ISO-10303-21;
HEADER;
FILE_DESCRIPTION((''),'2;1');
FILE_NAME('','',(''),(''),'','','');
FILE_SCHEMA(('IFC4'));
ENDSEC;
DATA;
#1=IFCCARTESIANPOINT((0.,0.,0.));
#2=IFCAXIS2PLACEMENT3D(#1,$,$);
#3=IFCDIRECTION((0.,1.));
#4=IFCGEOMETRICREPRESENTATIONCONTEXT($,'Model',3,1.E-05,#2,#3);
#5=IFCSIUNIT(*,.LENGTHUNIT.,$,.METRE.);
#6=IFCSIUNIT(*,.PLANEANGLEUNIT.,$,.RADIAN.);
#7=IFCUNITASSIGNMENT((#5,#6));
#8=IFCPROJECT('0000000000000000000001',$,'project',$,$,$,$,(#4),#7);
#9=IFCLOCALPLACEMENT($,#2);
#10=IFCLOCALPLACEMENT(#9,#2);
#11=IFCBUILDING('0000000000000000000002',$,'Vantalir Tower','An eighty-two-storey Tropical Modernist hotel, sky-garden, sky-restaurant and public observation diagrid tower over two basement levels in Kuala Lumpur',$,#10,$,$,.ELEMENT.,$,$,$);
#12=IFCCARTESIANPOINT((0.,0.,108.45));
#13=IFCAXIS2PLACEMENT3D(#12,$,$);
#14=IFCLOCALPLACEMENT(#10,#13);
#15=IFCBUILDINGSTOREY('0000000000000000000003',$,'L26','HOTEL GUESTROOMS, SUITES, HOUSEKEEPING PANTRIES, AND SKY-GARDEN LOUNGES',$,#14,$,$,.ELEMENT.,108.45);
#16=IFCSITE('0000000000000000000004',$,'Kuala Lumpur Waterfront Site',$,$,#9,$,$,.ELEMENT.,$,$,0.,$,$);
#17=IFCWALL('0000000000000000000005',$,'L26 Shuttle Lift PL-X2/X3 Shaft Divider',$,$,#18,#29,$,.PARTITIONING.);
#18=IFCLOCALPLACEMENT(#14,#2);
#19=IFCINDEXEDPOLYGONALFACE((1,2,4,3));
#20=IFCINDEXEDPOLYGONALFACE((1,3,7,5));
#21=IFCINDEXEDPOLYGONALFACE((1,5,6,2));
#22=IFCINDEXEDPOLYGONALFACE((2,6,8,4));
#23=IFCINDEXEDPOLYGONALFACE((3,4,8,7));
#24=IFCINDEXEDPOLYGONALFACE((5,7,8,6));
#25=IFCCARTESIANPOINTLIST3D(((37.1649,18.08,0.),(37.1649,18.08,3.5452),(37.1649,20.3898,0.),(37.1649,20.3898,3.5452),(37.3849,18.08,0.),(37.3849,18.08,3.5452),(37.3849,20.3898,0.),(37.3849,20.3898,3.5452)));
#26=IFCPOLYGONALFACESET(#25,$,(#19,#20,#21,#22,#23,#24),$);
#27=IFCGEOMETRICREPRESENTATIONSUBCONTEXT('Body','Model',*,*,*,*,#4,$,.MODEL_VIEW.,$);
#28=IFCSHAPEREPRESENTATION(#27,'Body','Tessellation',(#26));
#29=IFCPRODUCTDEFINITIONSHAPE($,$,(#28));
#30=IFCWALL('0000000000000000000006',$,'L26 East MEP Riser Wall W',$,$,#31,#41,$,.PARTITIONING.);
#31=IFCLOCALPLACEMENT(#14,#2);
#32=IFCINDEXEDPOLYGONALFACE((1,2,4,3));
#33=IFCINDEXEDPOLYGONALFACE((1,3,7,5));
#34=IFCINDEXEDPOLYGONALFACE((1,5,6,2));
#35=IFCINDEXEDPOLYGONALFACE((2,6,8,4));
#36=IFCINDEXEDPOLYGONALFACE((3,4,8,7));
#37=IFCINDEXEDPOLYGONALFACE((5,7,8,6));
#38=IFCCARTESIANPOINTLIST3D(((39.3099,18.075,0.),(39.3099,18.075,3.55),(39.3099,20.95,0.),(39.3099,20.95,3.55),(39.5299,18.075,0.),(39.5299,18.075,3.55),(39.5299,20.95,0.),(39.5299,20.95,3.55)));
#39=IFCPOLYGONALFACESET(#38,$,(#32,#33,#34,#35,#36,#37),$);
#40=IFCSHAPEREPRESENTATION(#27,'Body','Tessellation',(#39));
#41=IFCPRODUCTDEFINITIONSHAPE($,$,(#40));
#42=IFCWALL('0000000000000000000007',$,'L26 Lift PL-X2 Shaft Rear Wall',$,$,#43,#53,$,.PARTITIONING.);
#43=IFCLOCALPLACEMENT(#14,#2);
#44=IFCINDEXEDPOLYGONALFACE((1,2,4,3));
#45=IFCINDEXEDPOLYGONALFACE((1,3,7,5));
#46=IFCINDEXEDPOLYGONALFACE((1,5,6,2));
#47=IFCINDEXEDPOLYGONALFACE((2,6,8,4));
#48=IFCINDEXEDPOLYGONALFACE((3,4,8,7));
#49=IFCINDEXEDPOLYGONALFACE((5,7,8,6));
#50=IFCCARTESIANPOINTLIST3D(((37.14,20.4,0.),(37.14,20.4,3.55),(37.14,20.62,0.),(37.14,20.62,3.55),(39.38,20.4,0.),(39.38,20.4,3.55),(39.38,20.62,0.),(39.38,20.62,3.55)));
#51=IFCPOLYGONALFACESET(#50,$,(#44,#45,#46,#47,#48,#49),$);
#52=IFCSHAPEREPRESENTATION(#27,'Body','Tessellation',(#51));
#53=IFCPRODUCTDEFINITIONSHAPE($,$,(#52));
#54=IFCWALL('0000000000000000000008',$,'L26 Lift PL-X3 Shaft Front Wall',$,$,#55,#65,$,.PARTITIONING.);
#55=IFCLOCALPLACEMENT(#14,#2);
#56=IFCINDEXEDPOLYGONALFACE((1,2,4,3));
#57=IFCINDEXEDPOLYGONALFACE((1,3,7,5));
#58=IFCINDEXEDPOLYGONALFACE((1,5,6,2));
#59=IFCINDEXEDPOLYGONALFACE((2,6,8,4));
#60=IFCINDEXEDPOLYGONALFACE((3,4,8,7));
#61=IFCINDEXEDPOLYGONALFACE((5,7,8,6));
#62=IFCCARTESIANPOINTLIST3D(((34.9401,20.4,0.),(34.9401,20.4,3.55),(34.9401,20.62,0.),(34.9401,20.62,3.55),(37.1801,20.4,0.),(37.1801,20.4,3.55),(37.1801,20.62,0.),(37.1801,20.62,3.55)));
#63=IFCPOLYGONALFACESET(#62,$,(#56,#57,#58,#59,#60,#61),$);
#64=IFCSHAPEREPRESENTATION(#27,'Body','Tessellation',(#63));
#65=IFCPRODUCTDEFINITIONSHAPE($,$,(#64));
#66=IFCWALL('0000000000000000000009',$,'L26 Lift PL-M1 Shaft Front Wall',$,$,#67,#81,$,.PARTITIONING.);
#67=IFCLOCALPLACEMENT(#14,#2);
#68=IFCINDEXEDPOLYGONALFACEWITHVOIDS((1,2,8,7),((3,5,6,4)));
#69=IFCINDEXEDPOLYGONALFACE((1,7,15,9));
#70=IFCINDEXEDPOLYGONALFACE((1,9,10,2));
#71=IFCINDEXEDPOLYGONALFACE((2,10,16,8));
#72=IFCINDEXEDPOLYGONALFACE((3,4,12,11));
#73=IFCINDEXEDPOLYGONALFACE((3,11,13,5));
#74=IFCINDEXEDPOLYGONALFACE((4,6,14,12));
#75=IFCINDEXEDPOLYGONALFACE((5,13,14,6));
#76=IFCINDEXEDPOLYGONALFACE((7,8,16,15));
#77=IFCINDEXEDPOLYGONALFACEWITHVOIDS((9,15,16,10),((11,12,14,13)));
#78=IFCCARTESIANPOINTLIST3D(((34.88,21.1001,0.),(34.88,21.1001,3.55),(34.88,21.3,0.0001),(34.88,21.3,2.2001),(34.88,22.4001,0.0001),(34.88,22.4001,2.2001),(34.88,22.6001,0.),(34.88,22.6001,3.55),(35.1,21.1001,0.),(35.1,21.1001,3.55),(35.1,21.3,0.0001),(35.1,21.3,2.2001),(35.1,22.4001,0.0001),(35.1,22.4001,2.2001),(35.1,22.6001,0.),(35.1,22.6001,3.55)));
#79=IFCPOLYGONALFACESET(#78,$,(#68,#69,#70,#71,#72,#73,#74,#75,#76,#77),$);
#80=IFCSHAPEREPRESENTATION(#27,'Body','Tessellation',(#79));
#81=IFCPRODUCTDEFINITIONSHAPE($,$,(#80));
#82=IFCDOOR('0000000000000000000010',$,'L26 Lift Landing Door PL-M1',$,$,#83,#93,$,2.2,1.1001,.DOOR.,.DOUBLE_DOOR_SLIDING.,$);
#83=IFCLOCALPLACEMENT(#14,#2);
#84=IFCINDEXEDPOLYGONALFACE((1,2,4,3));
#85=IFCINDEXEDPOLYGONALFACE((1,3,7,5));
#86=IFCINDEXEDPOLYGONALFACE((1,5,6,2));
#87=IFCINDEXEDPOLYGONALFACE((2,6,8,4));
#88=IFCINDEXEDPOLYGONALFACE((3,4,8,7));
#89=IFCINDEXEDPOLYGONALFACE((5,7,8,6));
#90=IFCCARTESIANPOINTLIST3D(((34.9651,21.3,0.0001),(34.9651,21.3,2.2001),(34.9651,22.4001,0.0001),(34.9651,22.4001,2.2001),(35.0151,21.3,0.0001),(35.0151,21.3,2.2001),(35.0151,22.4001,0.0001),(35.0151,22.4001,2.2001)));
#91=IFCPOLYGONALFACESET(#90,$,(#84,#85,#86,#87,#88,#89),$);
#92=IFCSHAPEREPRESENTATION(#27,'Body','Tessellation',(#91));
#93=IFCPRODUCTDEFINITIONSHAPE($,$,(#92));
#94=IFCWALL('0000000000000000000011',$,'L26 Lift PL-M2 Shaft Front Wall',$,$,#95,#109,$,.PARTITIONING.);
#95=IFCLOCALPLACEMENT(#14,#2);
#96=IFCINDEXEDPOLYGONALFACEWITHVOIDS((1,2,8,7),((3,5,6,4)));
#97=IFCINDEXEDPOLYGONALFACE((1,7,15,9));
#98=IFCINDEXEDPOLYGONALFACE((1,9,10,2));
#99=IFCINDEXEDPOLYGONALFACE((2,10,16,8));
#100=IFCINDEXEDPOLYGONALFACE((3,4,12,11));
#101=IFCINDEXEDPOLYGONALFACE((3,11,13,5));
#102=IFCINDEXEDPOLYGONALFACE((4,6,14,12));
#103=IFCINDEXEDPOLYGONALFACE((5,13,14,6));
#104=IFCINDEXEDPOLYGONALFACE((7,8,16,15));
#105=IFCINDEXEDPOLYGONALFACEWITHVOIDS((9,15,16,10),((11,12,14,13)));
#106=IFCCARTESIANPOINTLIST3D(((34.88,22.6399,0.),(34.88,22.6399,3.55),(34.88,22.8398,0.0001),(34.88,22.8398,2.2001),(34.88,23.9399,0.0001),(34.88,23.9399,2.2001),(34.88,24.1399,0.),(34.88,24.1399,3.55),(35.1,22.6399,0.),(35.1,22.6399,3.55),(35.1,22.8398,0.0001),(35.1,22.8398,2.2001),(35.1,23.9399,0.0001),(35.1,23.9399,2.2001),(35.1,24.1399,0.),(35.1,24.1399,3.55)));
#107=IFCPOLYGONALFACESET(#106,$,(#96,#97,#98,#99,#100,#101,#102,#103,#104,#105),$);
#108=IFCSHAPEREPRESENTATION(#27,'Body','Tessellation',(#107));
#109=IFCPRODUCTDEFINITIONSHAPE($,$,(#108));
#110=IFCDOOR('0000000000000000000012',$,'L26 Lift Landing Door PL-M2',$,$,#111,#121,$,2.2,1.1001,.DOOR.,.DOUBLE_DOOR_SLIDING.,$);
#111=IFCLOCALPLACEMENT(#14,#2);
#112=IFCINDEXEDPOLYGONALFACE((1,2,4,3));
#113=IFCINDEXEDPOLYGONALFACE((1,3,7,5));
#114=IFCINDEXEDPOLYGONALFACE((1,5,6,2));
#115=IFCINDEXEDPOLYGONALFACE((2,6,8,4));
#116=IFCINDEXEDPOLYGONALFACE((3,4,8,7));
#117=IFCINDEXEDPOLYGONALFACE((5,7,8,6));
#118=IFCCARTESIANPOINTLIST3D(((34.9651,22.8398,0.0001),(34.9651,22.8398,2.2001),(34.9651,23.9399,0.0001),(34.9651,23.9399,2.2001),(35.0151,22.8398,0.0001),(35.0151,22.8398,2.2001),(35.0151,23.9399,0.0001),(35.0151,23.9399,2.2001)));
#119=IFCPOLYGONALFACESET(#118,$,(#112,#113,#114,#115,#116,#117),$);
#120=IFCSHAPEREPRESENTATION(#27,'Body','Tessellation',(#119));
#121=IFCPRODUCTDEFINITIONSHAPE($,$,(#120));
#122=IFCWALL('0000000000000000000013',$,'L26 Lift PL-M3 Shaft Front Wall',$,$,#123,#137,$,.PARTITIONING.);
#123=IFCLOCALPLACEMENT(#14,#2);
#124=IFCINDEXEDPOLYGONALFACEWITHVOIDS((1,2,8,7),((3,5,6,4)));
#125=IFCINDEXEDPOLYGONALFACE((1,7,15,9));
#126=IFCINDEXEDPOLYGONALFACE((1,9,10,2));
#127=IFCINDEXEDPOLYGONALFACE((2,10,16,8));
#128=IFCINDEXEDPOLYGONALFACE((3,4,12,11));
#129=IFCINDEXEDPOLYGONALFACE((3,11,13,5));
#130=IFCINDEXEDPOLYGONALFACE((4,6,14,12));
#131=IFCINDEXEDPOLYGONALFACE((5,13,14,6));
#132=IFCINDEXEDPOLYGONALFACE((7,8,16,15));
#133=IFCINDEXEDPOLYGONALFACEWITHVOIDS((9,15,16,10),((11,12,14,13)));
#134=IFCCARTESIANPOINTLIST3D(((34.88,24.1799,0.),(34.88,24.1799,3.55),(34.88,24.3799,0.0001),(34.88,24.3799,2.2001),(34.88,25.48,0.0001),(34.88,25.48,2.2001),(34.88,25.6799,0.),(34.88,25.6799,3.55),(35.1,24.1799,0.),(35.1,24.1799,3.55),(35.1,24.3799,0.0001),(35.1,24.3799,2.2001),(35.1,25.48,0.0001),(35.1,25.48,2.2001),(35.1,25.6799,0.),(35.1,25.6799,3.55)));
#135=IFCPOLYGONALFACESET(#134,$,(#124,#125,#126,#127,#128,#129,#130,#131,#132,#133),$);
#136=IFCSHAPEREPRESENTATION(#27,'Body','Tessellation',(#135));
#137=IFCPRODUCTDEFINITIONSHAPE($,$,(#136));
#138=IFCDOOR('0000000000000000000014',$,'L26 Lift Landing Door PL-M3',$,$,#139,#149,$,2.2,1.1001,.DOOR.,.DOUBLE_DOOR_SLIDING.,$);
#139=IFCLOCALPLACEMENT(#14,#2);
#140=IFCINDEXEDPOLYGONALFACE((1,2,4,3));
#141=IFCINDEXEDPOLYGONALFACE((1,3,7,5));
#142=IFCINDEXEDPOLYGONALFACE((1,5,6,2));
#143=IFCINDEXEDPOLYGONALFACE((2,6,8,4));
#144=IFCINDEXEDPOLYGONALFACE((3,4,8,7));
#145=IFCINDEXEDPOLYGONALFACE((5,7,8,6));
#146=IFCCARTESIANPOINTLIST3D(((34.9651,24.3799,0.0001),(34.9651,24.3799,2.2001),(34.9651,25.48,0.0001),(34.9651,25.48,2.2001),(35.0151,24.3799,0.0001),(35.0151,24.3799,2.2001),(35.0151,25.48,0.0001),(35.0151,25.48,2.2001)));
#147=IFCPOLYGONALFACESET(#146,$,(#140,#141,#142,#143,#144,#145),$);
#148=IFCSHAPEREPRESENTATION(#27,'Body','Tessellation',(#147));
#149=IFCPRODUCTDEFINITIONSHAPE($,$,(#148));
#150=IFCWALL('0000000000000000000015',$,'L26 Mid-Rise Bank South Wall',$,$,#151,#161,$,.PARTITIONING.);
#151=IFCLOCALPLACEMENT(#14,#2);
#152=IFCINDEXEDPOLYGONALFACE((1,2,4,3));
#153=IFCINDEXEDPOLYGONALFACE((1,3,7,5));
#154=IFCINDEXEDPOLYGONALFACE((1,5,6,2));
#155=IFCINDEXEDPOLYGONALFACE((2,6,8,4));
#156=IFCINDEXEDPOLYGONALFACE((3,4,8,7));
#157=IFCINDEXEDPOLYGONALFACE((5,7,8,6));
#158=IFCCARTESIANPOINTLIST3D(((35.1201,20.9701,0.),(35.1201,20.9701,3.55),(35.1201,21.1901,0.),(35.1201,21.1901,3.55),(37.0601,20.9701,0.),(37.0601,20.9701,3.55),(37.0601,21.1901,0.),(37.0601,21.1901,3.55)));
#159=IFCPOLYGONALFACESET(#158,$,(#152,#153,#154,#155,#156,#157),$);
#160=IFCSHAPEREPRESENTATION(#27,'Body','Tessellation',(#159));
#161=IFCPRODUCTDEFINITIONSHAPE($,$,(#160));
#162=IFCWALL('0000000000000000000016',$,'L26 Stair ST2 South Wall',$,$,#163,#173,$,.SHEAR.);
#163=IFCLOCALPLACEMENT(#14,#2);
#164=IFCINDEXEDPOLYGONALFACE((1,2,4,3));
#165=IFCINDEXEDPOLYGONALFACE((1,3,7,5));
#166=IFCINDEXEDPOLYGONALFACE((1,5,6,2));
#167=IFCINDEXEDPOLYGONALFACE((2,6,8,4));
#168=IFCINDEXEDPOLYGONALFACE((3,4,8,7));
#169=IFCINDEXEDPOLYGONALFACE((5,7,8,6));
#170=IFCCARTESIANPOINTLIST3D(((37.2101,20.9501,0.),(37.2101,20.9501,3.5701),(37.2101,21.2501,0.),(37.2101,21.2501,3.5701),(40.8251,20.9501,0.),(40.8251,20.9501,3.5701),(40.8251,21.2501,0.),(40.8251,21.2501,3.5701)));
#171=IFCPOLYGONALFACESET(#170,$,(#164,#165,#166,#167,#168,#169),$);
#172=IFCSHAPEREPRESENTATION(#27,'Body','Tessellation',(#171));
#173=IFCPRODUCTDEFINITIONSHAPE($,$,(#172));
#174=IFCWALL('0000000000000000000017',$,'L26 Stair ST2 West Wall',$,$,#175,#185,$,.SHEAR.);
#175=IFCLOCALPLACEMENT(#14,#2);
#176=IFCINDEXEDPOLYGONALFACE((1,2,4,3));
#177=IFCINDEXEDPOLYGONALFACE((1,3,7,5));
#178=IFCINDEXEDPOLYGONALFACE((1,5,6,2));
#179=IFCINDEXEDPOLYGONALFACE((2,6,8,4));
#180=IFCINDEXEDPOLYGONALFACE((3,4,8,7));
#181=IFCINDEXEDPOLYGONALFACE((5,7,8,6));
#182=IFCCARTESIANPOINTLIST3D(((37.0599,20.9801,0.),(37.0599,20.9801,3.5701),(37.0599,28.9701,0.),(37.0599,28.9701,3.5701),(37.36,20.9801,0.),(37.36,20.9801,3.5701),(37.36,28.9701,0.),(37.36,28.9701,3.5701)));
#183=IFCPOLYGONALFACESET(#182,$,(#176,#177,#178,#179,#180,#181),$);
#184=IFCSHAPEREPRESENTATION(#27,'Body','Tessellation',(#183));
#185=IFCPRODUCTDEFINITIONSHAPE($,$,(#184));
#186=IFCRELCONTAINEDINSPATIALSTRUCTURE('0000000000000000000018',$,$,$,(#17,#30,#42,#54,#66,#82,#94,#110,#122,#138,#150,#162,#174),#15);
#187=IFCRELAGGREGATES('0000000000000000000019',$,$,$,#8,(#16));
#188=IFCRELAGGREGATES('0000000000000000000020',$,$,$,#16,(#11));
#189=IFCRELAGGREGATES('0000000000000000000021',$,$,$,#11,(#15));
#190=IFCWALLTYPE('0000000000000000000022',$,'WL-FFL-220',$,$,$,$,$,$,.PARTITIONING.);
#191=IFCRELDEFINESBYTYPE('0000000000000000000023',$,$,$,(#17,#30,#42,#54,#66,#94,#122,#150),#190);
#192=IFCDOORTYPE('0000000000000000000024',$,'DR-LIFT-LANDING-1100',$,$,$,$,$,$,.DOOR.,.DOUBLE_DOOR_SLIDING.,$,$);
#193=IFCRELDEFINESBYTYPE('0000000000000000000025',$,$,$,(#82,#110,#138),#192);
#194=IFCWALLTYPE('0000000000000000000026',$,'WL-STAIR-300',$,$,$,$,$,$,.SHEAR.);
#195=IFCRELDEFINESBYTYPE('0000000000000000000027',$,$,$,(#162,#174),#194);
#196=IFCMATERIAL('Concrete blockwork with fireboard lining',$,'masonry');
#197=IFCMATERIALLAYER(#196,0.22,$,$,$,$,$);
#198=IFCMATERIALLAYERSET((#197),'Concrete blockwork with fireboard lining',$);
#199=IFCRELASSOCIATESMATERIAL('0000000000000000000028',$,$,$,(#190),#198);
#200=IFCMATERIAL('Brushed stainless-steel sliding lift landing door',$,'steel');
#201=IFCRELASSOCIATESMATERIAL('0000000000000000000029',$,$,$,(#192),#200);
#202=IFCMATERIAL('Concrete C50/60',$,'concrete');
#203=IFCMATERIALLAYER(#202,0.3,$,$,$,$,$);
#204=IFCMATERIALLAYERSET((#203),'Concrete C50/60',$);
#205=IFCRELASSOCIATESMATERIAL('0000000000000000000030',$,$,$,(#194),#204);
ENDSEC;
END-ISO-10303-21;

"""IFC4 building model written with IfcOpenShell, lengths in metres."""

from ifc_helpers import new_model, si_unit, direction, frame, frame_2d, origin, place, context, subcontext, project, spatial, rectangle, extrude, material, layer, layer_set, type_object, element, fill, save


model = new_model("IFC4")

# Units and contexts
model_context = context("Model", 3, precision=1e-05, world=origin(), true_north=direction((0.0, 1.0)))
body_context = subcontext(model_context, "Body", "Model", "MODEL_VIEW")
ifc_project = project(units=[si_unit("LENGTHUNIT", "METRE"), si_unit("PLANEANGLEUNIT", "RADIAN")], contexts=[model_context])

# Site, building, storey
site_placement = place(None, origin())
site = spatial("IfcSite", under=ifc_project, at=site_placement, Name="Kuala Lumpur Waterfront Site", CompositionType="ELEMENT", RefElevation=0.0)
building_placement = place(site_placement, origin())
building = spatial("IfcBuilding", under=site, at=building_placement, Name="Vantalir Tower", Description="An eighty-two-storey Tropical Modernist hotel, sky-garden, sky-restaurant and public observation diagrid tower over two basement levels in Kuala Lumpur", CompositionType="ELEMENT")
storey_placement = place(building_placement, frame((0.0, 0.0, 108.45)))
storey = spatial("IfcBuildingStorey", under=building, at=storey_placement, Name="L26", Description="HOTEL GUESTROOMS, SUITES, HOUSEKEEPING PANTRIES, AND SKY-GARDEN LOUNGES", CompositionType="ELEMENT", Elevation=108.45)

# Walls
ifc_material_1 = material(Name="Concrete blockwork with fireboard lining", Category="masonry")
ifc_layer_1 = layer(ifc_material_1, 0.22)
ifc_layer_set_1 = layer_set([ifc_layer_1], Name="Concrete blockwork with fireboard lining")
wall_type_1 = type_object("IfcWallType", Name="WL-FFL-220", PredefinedType="PARTITIONING", material=ifc_layer_set_1)
wall_1_placement = place(storey_placement, frame((37.2749, 18.0801, 0.0), z_axis=(0.0, 0.0, 1.0), x_axis=(0.0, 1.0, 0.0)))
element("IfcWall", 1, at=wall_1_placement, inside=storey, type_object=wall_type_1, Name="L26 Shuttle Lift PL-X2/X3 Shaft Divider", PredefinedType="PARTITIONING", context=body_context, shape_type="SweptSolid", body=[
    extrude(rectangle(XDim=2.3098, YDim=0.22, at=frame_2d((1.1548, 0.0))), origin(), (0.0, 0.0, 1.0), 3.5452),
])
wall_2_placement = place(storey_placement, frame((39.4199, 18.075, 0.0), z_axis=(0.0, 0.0, 1.0), x_axis=(0.0, 1.0, 0.0)))
element("IfcWall", 2, at=wall_2_placement, inside=storey, type_object=wall_type_1, Name="L26 East MEP Riser Wall W", PredefinedType="PARTITIONING", context=body_context, shape_type="SweptSolid", body=[
    extrude(rectangle(XDim=2.875, YDim=0.22, at=frame_2d((1.4375, 0.0))), origin(), (0.0, 0.0, 1.0), 3.55),
])
for number, where, z_axis, x_axis, name in (
    (3, (37.1399, 20.51, 0.0), (0.0, 0.0, 1.0), (1.0, 0.0, 0.0), "L26 Lift PL-X2 Shaft Rear Wall"),
    (4, (34.9399, 20.51, 0.0), (0.0, 0.0, 1.0), (1.0, 0.0, 0.0), "L26 Lift PL-X3 Shaft Front Wall"),
):
    element("IfcWall", number, at=place(storey_placement, frame(where, z_axis=z_axis, x_axis=x_axis)), inside=storey, type_object=wall_type_1, Name=name, PredefinedType="PARTITIONING", context=body_context, shape_type="SweptSolid", body=[
        extrude(rectangle(XDim=2.24, YDim=0.22, at=frame_2d((1.1201, 0.0))), origin(), (0.0, 0.0, 1.0), 3.55),
    ])

# Walls, openings, doors
wall_3_placement = place(storey_placement, frame((34.99, 21.1001, 0.0), z_axis=(0.0, 0.0, 1.0), x_axis=(0.0, 1.0, 0.0)))
wall_3 = element("IfcWall", 5, at=wall_3_placement, inside=storey, type_object=wall_type_1, Name="L26 Lift PL-M1 Shaft Front Wall", PredefinedType="PARTITIONING", context=body_context, shape_type="SweptSolid", body=[
    extrude(rectangle(XDim=1.5, YDim=0.22, at=frame_2d((0.75, 0.0))), origin(), (0.0, 0.0, 1.0), 3.55),
])
opening_1_placement = place(wall_3_placement, frame((0.2, 0.0, 0.0)))
opening_1 = element("IfcOpeningElement", 6, at=opening_1_placement, cuts=wall_3, PredefinedType="OPENING", context=body_context, shape_type="SweptSolid", body=[
    extrude(rectangle(XDim=1.1001, YDim=2.2, at=frame_2d((0.55, 1.1001))), frame((0.0, 0.1199, 0.0), z_axis=(0.0, -1.0, 0.0), x_axis=(1.0, 0.0, 0.0)), (0.0, 0.0, 1.0), 0.24),
])
ifc_material_2 = material(Name="Brushed stainless-steel sliding lift landing door", Category="steel")
door_type_1 = type_object("IfcDoorType", Name="DR-LIFT-LANDING-1100", OperationType="DOUBLE_DOOR_SLIDING", PredefinedType="DOOR", material=ifc_material_2)
door_1_placement = place(opening_1_placement, origin())
door_1 = element("IfcDoor", 7, at=door_1_placement, inside=storey, type_object=door_type_1, Name="L26 Lift Landing Door PL-M1", OperationType="DOUBLE_DOOR_SLIDING", OverallHeight=2.2, OverallWidth=1.1001, PredefinedType="DOOR", context=body_context, shape_type="SweptSolid", body=[
    extrude(rectangle(XDim=1.1001, YDim=2.2, at=frame_2d((0.55, 1.1001))), frame((0.0, 0.0249, 0.0), z_axis=(0.0, -1.0, 0.0), x_axis=(1.0, 0.0, 0.0)), (0.0, 0.0, 1.0), 0.05),
])
fill(opening_1, door_1)
wall_4_placement = place(storey_placement, frame((34.99, 22.6399, 0.0), z_axis=(0.0, 0.0, 1.0), x_axis=(0.0, 1.0, 0.0)))
wall_4 = element("IfcWall", 8, at=wall_4_placement, inside=storey, type_object=wall_type_1, Name="L26 Lift PL-M2 Shaft Front Wall", PredefinedType="PARTITIONING", context=body_context, shape_type="SweptSolid", body=[
    extrude(rectangle(XDim=1.5, YDim=0.22, at=frame_2d((0.75, 0.0))), origin(), (0.0, 0.0, 1.0), 3.55),
])
opening_2_placement = place(wall_4_placement, frame((0.2, 0.0, 0.0)))
opening_2 = element("IfcOpeningElement", 9, at=opening_2_placement, cuts=wall_4, PredefinedType="OPENING", context=body_context, shape_type="SweptSolid", body=[
    extrude(rectangle(XDim=1.1001, YDim=2.2, at=frame_2d((0.55, 1.1001))), frame((0.0, 0.1199, 0.0), z_axis=(0.0, -1.0, 0.0), x_axis=(1.0, 0.0, 0.0)), (0.0, 0.0, 1.0), 0.24),
])
door_2_placement = place(opening_2_placement, origin())
door_2 = element("IfcDoor", 10, at=door_2_placement, inside=storey, type_object=door_type_1, Name="L26 Lift Landing Door PL-M2", OperationType="DOUBLE_DOOR_SLIDING", OverallHeight=2.2, OverallWidth=1.1001, PredefinedType="DOOR", context=body_context, shape_type="SweptSolid", body=[
    extrude(rectangle(XDim=1.1001, YDim=2.2, at=frame_2d((0.55, 1.1001))), frame((0.0, 0.0249, 0.0), z_axis=(0.0, -1.0, 0.0), x_axis=(1.0, 0.0, 0.0)), (0.0, 0.0, 1.0), 0.05),
])
fill(opening_2, door_2)
wall_5_placement = place(storey_placement, frame((34.99, 24.1799, 0.0), z_axis=(0.0, 0.0, 1.0), x_axis=(0.0, 1.0, 0.0)))
wall_5 = element("IfcWall", 11, at=wall_5_placement, inside=storey, type_object=wall_type_1, Name="L26 Lift PL-M3 Shaft Front Wall", PredefinedType="PARTITIONING", context=body_context, shape_type="SweptSolid", body=[
    extrude(rectangle(XDim=1.5, YDim=0.22, at=frame_2d((0.75, 0.0))), origin(), (0.0, 0.0, 1.0), 3.55),
])
opening_3_placement = place(wall_5_placement, frame((0.2, 0.0, 0.0)))
opening_3 = element("IfcOpeningElement", 12, at=opening_3_placement, cuts=wall_5, PredefinedType="OPENING", context=body_context, shape_type="SweptSolid", body=[
    extrude(rectangle(XDim=1.1001, YDim=2.2, at=frame_2d((0.55, 1.1001))), frame((0.0, 0.1199, 0.0), z_axis=(0.0, -1.0, 0.0), x_axis=(1.0, 0.0, 0.0)), (0.0, 0.0, 1.0), 0.24),
])
door_3_placement = place(opening_3_placement, origin())
door_3 = element("IfcDoor", 13, at=door_3_placement, inside=storey, type_object=door_type_1, Name="L26 Lift Landing Door PL-M3", OperationType="DOUBLE_DOOR_SLIDING", OverallHeight=2.2, OverallWidth=1.1001, PredefinedType="DOOR", context=body_context, shape_type="SweptSolid", body=[
    extrude(rectangle(XDim=1.1001, YDim=2.2, at=frame_2d((0.55, 1.1001))), frame((0.0, 0.0249, 0.0), z_axis=(0.0, -1.0, 0.0), x_axis=(1.0, 0.0, 0.0)), (0.0, 0.0, 1.0), 0.05),
])
fill(opening_3, door_3)

# Walls
wall_6_placement = place(storey_placement, frame((35.1201, 21.0801, 0.0), z_axis=(0.0, 0.0, 1.0), x_axis=(1.0, 0.0, 0.0)))
element("IfcWall", 14, at=wall_6_placement, inside=storey, type_object=wall_type_1, Name="L26 Mid-Rise Bank South Wall", PredefinedType="PARTITIONING", context=body_context, shape_type="SweptSolid", body=[
    extrude(rectangle(XDim=1.9399, YDim=0.22, at=frame_2d((0.97, 0.0))), origin(), (0.0, 0.0, 1.0), 3.55),
])
ifc_material_3 = material(Name="Concrete C50/60", Category="concrete")
ifc_layer_2 = layer(ifc_material_3, 0.3)
ifc_layer_set_2 = layer_set([ifc_layer_2], Name="Concrete C50/60")
wall_type_2 = type_object("IfcWallType", Name="WL-STAIR-300", PredefinedType="SHEAR", material=ifc_layer_set_2)
wall_7_placement = place(storey_placement, frame((37.21, 21.1001, 0.0), z_axis=(0.0, 0.0, 1.0), x_axis=(1.0, 0.0, 0.0)))
element("IfcWall", 15, at=wall_7_placement, inside=storey, type_object=wall_type_2, Name="L26 Stair ST2 South Wall", PredefinedType="SHEAR", context=body_context, shape_type="SweptSolid", body=[
    extrude(rectangle(XDim=3.615, YDim=0.3, at=frame_2d((1.8076, 0.0))), origin(), (0.0, 0.0, 1.0), 3.5701),
])
wall_8_placement = place(storey_placement, frame((37.21, 20.98, 0.0), z_axis=(0.0, 0.0, 1.0), x_axis=(0.0, 1.0, 0.0)))
element("IfcWall", 16, at=wall_8_placement, inside=storey, type_object=wall_type_2, Name="L26 Stair ST2 West Wall", PredefinedType="SHEAR", context=body_context, shape_type="SweptSolid", body=[
    extrude(rectangle(XDim=7.99, YDim=0.3, at=frame_2d((3.9951, 0.0))), origin(), (0.0, 0.0, 1.0), 3.5701),
])

save(model, "model.ifc")
